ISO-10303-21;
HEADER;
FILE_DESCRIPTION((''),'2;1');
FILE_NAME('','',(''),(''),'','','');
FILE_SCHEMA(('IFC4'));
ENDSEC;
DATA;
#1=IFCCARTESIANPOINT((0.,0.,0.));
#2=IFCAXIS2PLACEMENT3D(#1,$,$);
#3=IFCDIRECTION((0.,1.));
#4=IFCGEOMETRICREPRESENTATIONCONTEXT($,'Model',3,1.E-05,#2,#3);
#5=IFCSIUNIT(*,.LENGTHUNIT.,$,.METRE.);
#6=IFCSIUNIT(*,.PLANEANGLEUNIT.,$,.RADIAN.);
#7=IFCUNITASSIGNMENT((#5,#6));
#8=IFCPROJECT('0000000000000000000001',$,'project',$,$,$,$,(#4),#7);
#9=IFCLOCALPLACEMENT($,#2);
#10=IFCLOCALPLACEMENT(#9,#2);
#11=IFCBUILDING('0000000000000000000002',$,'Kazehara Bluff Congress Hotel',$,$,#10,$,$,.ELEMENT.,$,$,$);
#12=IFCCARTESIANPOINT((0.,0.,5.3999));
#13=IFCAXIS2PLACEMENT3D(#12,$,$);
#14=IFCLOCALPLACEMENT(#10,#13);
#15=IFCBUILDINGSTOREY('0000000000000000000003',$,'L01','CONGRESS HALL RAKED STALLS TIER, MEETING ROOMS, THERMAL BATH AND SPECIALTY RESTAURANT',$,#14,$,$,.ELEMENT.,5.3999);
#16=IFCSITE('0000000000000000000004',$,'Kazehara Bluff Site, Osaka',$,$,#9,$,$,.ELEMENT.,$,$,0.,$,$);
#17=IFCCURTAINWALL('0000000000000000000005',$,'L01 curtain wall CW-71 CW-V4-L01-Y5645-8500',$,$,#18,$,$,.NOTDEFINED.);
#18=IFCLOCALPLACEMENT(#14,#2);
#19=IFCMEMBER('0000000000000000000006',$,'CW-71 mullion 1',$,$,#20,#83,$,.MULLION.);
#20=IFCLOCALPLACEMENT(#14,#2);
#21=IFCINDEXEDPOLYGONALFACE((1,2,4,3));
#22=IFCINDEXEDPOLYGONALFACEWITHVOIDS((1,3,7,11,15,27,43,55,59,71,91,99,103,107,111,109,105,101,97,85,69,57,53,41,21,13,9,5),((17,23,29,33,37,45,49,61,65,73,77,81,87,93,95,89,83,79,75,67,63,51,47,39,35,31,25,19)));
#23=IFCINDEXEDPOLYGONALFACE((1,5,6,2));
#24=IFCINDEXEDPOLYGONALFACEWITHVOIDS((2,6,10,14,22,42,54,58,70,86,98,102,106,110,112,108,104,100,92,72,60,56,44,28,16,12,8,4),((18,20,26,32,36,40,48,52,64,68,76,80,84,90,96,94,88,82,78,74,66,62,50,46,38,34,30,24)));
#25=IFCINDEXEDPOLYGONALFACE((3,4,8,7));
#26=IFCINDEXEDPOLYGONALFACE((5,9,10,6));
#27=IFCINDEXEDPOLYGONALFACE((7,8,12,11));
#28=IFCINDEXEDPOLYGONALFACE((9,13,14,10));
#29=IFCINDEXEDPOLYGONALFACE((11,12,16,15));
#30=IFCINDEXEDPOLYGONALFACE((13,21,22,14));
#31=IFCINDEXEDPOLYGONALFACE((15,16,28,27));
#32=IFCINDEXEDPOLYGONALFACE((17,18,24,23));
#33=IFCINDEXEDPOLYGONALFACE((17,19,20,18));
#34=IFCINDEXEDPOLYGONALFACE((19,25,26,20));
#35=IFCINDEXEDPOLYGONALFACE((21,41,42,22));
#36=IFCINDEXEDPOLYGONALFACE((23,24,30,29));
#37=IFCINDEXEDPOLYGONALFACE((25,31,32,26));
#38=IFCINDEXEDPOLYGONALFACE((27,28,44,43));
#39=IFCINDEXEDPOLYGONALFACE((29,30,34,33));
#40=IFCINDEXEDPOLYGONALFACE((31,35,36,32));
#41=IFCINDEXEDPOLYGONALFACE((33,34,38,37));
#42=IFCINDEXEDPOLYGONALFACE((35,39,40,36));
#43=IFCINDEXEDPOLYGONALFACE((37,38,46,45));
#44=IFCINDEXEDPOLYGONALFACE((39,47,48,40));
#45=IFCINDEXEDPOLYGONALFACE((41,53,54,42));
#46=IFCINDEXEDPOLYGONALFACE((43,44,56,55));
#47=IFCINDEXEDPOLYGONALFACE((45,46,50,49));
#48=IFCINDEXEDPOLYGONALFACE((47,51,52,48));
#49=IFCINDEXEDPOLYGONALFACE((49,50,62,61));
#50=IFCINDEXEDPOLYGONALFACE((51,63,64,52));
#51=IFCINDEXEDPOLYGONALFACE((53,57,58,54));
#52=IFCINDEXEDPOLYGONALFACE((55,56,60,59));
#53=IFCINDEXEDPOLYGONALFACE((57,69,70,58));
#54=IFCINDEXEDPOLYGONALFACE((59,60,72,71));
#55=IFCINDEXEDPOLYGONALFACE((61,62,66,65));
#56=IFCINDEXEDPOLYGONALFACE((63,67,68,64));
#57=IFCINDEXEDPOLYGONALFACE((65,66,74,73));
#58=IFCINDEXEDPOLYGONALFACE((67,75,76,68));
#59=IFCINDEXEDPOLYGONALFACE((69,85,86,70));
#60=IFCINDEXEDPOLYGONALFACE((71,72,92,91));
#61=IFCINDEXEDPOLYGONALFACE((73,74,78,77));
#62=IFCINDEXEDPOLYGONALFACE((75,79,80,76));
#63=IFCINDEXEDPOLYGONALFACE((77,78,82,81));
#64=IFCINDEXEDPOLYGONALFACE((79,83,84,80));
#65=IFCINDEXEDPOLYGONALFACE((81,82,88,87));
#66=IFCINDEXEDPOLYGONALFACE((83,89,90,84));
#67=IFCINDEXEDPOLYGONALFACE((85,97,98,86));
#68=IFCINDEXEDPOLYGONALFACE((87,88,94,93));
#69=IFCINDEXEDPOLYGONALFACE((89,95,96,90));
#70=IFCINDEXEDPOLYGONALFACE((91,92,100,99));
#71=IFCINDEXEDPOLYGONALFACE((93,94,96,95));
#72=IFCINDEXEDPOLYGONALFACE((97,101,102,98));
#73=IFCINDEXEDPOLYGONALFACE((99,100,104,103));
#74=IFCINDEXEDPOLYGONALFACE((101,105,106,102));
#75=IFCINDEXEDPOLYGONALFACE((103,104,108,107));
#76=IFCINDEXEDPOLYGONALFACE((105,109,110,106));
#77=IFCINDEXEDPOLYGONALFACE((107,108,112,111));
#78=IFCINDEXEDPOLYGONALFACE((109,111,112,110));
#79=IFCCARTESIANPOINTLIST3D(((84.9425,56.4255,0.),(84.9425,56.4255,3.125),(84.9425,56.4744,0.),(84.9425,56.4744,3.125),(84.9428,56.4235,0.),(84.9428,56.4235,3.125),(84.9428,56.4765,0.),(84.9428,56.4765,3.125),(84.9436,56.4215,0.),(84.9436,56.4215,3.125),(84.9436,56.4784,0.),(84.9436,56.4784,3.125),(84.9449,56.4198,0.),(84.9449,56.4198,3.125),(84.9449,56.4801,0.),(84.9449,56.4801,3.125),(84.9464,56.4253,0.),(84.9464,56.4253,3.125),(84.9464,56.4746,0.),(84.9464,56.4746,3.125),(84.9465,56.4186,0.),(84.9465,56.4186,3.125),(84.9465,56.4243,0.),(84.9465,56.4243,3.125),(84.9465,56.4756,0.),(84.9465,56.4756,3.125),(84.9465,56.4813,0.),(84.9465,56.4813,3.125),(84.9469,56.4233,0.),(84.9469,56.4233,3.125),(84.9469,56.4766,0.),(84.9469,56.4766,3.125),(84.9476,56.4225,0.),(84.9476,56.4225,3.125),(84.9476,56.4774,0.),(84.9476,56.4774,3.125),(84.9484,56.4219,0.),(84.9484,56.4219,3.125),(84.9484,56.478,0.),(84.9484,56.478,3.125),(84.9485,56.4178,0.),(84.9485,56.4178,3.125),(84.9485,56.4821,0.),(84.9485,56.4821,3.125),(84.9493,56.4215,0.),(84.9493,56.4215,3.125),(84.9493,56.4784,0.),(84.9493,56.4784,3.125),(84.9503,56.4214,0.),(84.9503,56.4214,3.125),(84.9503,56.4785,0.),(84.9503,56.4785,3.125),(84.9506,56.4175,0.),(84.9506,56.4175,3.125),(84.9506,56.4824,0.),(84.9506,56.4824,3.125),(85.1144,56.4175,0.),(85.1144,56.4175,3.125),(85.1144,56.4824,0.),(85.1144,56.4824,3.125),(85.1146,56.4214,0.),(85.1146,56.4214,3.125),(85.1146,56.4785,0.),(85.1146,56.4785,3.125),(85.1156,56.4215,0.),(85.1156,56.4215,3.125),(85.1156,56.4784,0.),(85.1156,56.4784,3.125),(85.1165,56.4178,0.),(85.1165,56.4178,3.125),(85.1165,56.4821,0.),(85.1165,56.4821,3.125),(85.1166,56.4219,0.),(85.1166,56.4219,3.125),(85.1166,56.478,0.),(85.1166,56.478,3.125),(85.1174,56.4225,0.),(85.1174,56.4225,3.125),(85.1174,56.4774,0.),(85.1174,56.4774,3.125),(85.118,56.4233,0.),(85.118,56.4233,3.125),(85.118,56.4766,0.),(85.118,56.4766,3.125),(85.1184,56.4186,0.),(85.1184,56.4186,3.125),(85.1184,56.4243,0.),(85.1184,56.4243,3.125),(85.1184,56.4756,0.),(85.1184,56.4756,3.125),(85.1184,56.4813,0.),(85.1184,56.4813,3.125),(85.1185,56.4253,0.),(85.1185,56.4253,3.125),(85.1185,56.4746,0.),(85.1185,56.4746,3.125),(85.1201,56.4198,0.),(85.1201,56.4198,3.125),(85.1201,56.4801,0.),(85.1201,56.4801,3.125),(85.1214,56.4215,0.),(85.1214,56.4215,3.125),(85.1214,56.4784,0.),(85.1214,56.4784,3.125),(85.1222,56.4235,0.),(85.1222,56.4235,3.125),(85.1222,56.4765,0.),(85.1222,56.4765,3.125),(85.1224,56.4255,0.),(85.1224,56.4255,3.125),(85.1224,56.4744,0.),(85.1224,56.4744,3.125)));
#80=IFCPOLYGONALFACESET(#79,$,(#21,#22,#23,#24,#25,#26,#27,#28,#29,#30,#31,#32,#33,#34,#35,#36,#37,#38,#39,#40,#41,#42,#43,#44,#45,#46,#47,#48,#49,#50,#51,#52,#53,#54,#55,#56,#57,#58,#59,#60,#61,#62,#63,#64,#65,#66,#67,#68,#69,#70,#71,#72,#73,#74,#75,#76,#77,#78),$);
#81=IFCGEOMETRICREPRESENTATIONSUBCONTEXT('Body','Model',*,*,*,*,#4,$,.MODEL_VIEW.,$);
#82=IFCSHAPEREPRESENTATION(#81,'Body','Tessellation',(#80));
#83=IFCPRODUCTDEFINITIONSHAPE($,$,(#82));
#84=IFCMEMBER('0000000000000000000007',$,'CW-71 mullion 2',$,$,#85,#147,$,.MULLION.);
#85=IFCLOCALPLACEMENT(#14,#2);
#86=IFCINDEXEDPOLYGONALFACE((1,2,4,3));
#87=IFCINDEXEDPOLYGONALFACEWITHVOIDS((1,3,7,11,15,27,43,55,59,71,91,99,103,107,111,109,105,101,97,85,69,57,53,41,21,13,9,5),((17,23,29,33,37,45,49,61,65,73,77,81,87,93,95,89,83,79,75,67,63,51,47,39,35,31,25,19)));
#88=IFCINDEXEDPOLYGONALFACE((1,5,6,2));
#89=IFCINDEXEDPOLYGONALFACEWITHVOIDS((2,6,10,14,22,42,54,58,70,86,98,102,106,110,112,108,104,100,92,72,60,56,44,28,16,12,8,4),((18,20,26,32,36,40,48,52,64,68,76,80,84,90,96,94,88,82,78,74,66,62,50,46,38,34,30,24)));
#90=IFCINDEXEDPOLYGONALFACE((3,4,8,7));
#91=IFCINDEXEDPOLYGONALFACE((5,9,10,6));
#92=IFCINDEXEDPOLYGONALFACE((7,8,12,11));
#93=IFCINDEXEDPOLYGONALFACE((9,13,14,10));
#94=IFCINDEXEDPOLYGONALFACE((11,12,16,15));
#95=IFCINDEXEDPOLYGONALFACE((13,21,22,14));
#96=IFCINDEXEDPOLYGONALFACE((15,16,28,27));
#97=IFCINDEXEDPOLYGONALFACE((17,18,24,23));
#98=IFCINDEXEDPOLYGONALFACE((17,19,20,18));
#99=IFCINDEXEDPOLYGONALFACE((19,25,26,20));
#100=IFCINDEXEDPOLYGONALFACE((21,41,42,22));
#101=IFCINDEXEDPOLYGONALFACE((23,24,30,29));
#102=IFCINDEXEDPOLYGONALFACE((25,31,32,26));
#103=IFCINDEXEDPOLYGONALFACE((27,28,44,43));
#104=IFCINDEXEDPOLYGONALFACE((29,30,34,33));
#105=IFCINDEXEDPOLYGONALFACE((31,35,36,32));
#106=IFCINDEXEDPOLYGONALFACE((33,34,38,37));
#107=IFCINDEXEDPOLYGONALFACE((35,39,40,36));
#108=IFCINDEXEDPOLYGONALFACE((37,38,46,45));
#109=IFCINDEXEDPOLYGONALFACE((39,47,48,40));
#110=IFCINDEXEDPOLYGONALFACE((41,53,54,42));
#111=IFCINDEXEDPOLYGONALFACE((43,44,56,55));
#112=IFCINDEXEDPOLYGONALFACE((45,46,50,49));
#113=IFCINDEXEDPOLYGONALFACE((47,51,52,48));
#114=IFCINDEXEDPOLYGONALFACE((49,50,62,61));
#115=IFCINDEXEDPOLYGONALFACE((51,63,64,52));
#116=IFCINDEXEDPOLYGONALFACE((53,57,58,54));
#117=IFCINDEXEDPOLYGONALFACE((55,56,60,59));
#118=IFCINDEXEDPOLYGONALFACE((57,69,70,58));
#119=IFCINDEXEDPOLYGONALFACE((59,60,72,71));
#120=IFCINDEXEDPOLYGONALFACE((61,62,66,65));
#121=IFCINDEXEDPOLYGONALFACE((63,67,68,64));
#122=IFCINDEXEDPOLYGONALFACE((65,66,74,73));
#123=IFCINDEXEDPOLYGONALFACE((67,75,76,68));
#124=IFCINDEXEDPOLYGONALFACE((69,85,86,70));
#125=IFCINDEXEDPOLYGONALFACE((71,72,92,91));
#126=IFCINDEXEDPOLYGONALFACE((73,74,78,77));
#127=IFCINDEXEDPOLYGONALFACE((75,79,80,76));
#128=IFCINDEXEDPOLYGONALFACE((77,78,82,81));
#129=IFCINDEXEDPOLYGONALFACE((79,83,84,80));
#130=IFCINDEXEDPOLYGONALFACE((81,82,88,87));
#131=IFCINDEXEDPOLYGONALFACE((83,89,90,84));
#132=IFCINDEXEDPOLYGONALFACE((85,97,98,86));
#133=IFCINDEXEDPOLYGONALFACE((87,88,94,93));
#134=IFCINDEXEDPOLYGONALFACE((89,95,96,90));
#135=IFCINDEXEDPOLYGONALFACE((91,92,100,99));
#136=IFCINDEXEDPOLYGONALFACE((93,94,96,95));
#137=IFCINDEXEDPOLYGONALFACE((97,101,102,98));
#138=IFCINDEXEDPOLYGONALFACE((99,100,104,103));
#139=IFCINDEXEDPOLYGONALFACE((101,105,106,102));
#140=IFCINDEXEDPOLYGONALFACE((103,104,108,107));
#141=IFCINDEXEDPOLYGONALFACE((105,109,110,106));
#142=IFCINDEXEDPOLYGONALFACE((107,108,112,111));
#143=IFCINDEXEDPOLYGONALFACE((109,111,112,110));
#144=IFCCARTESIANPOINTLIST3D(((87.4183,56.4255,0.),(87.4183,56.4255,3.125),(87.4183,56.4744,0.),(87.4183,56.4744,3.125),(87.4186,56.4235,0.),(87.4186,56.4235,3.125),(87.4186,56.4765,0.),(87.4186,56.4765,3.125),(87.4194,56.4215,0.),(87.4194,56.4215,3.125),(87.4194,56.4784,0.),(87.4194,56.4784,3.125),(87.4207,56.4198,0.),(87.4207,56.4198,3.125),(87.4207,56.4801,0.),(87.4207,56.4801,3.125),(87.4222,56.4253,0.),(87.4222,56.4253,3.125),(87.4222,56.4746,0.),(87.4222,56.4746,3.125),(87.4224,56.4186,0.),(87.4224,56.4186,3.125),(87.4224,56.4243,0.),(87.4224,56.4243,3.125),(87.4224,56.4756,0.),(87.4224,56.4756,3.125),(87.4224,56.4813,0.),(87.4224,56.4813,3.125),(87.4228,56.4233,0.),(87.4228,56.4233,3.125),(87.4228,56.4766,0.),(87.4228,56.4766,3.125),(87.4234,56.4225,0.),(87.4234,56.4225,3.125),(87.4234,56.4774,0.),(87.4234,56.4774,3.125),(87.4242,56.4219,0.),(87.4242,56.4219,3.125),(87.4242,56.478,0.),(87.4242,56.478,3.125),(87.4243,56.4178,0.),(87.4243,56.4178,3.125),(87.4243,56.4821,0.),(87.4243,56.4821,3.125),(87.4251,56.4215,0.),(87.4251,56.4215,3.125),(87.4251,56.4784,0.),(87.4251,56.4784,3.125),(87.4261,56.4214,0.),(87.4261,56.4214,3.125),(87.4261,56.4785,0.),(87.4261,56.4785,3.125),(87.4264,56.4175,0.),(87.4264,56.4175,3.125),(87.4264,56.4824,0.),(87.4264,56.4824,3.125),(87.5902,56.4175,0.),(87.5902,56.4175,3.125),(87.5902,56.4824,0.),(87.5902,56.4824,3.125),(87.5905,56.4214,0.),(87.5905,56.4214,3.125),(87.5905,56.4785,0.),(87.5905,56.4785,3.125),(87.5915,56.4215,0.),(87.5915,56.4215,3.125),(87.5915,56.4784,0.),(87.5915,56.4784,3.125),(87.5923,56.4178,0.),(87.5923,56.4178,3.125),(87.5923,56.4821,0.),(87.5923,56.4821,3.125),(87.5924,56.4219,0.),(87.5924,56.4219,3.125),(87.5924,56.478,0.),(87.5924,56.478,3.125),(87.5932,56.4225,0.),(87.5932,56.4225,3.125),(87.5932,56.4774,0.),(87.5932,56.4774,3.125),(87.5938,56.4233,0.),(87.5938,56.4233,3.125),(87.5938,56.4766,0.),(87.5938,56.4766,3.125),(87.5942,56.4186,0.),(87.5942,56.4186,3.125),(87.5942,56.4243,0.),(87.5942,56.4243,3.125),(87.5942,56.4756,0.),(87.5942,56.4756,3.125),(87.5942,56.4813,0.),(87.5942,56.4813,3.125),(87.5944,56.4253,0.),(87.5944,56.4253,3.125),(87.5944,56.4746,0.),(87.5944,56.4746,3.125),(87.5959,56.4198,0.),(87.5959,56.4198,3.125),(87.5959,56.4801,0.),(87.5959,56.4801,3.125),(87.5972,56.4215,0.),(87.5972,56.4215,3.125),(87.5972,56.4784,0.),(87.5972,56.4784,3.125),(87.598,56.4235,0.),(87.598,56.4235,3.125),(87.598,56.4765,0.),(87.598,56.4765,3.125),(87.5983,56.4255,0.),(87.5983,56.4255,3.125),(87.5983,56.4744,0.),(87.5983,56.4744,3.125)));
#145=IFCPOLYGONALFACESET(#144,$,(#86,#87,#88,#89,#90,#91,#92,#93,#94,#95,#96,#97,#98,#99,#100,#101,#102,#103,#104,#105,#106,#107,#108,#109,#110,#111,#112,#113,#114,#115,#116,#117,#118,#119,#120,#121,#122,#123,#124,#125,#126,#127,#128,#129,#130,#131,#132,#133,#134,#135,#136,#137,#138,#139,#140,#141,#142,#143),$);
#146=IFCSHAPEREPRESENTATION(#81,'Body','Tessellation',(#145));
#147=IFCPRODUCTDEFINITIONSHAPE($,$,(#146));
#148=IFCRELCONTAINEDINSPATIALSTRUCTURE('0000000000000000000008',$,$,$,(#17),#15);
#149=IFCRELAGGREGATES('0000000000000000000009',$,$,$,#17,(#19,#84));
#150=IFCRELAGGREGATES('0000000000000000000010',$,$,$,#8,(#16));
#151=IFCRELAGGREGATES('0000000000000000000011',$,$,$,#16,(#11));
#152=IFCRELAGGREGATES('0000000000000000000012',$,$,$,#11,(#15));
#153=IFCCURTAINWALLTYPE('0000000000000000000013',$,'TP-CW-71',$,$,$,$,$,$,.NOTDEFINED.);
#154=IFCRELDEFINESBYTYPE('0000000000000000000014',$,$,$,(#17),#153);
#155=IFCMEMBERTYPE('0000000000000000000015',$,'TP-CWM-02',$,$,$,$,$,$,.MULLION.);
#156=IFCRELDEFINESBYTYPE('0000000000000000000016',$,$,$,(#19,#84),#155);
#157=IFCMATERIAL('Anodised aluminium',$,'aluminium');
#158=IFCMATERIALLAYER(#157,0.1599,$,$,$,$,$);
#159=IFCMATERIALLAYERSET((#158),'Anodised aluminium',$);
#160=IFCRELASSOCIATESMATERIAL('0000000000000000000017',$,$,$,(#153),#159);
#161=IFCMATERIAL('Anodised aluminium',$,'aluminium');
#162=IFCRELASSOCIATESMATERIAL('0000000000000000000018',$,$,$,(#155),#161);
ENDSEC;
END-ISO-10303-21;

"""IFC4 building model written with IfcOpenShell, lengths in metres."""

from ifc_helpers import new_model, si_unit, direction, frame, origin, origin_2d, place, context, subcontext, project, spatial, hollow_rectangle, extrude, material, layer, layer_set, material_profile, profile_set, type_object, element, aggregate, save


model = new_model("IFC4")

# Units and contexts
model_context = context("Model", 3, precision=1e-05, world=origin(), true_north=direction((0.0, 1.0)))
body_context = subcontext(model_context, "Body", "Model", "MODEL_VIEW")
ifc_project = project(units=[si_unit("LENGTHUNIT", "METRE"), si_unit("PLANEANGLEUNIT", "RADIAN")], contexts=[model_context])

# Site, building, storey
site_placement = place(None, origin())
site = spatial("IfcSite", under=ifc_project, at=site_placement, Name="Kazehara Bluff Site, Osaka", CompositionType="ELEMENT", RefElevation=0.0)
building_placement = place(site_placement, origin())
building = spatial("IfcBuilding", under=site, at=building_placement, Name="Kazehara Bluff Congress Hotel", CompositionType="ELEMENT")
storey_placement = place(building_placement, frame((0.0, 0.0, 5.3999)))
storey = spatial("IfcBuildingStorey", under=building, at=storey_placement, Name="L01", Description="CONGRESS HALL RAKED STALLS TIER, MEETING ROOMS, THERMAL BATH AND SPECIALTY RESTAURANT", CompositionType="ELEMENT", Elevation=5.3999)

# Curtain wall, members
ifc_material_1 = material(Name="Anodised aluminium", Category="aluminium")
ifc_layer_1 = layer(ifc_material_1, 0.1599)
ifc_layer_set_1 = layer_set([ifc_layer_1], Name="Anodised aluminium")
curtain_wall_type = type_object("IfcCurtainWallType", Name="TP-CW-71", PredefinedType="NOTDEFINED", material=ifc_layer_set_1)
curtain_wall_placement = place(storey_placement, origin())
curtain_wall = element("IfcCurtainWall", 1, at=curtain_wall_placement, inside=storey, type_object=curtain_wall_type, Name="L01 curtain wall CW-71 CW-V4-L01-Y5645-8500", PredefinedType="NOTDEFINED")
ifc_material_2 = material(Name="Anodised aluminium", Category="aluminium")
ifc_material_profile_1 = material_profile(ifc_material_2, hollow_rectangle(XDim=0.0649, YDim=0.1799, WallThickness=0.0039, InnerFilletRadius=0.0039, OuterFilletRadius=0.0081, at=origin_2d()))
ifc_profile_set_1 = profile_set([ifc_material_profile_1], Name="Anodised aluminium")
member_type_1 = type_object("IfcMemberType", Name="TP-CWM-02", PredefinedType="MULLION", material=ifc_profile_set_1)
member_1_placement = place(storey_placement, frame((85.0325, 56.45, 0.0), z_axis=(0.0, 0.0, 1.0), x_axis=(0.0, 1.0, 0.0)))
member_1 = element("IfcMember", 2, at=member_1_placement, type_object=member_type_1, Name="CW-71 mullion 1", PredefinedType="MULLION", context=body_context, shape_type="SweptSolid", body=[
    extrude(hollow_rectangle(XDim=0.0649, YDim=0.1799, WallThickness=0.0039, InnerFilletRadius=0.0039, OuterFilletRadius=0.0081, at=origin_2d()), origin(), (0.0, 0.0, 1.0), 3.125),
])
member_2_placement = place(storey_placement, frame((87.5083, 56.45, 0.0), z_axis=(0.0, 0.0, 1.0), x_axis=(0.0, 1.0, 0.0)))
member_2 = element("IfcMember", 3, at=member_2_placement, type_object=member_type_1, Name="CW-71 mullion 2", PredefinedType="MULLION", context=body_context, shape_type="SweptSolid", body=[
    extrude(hollow_rectangle(XDim=0.0649, YDim=0.1799, WallThickness=0.0039, InnerFilletRadius=0.0039, OuterFilletRadius=0.0081, at=origin_2d()), origin(), (0.0, 0.0, 1.0), 3.125),
])

aggregate(curtain_wall, [member_1, member_2])

save(model, "model.ifc")
